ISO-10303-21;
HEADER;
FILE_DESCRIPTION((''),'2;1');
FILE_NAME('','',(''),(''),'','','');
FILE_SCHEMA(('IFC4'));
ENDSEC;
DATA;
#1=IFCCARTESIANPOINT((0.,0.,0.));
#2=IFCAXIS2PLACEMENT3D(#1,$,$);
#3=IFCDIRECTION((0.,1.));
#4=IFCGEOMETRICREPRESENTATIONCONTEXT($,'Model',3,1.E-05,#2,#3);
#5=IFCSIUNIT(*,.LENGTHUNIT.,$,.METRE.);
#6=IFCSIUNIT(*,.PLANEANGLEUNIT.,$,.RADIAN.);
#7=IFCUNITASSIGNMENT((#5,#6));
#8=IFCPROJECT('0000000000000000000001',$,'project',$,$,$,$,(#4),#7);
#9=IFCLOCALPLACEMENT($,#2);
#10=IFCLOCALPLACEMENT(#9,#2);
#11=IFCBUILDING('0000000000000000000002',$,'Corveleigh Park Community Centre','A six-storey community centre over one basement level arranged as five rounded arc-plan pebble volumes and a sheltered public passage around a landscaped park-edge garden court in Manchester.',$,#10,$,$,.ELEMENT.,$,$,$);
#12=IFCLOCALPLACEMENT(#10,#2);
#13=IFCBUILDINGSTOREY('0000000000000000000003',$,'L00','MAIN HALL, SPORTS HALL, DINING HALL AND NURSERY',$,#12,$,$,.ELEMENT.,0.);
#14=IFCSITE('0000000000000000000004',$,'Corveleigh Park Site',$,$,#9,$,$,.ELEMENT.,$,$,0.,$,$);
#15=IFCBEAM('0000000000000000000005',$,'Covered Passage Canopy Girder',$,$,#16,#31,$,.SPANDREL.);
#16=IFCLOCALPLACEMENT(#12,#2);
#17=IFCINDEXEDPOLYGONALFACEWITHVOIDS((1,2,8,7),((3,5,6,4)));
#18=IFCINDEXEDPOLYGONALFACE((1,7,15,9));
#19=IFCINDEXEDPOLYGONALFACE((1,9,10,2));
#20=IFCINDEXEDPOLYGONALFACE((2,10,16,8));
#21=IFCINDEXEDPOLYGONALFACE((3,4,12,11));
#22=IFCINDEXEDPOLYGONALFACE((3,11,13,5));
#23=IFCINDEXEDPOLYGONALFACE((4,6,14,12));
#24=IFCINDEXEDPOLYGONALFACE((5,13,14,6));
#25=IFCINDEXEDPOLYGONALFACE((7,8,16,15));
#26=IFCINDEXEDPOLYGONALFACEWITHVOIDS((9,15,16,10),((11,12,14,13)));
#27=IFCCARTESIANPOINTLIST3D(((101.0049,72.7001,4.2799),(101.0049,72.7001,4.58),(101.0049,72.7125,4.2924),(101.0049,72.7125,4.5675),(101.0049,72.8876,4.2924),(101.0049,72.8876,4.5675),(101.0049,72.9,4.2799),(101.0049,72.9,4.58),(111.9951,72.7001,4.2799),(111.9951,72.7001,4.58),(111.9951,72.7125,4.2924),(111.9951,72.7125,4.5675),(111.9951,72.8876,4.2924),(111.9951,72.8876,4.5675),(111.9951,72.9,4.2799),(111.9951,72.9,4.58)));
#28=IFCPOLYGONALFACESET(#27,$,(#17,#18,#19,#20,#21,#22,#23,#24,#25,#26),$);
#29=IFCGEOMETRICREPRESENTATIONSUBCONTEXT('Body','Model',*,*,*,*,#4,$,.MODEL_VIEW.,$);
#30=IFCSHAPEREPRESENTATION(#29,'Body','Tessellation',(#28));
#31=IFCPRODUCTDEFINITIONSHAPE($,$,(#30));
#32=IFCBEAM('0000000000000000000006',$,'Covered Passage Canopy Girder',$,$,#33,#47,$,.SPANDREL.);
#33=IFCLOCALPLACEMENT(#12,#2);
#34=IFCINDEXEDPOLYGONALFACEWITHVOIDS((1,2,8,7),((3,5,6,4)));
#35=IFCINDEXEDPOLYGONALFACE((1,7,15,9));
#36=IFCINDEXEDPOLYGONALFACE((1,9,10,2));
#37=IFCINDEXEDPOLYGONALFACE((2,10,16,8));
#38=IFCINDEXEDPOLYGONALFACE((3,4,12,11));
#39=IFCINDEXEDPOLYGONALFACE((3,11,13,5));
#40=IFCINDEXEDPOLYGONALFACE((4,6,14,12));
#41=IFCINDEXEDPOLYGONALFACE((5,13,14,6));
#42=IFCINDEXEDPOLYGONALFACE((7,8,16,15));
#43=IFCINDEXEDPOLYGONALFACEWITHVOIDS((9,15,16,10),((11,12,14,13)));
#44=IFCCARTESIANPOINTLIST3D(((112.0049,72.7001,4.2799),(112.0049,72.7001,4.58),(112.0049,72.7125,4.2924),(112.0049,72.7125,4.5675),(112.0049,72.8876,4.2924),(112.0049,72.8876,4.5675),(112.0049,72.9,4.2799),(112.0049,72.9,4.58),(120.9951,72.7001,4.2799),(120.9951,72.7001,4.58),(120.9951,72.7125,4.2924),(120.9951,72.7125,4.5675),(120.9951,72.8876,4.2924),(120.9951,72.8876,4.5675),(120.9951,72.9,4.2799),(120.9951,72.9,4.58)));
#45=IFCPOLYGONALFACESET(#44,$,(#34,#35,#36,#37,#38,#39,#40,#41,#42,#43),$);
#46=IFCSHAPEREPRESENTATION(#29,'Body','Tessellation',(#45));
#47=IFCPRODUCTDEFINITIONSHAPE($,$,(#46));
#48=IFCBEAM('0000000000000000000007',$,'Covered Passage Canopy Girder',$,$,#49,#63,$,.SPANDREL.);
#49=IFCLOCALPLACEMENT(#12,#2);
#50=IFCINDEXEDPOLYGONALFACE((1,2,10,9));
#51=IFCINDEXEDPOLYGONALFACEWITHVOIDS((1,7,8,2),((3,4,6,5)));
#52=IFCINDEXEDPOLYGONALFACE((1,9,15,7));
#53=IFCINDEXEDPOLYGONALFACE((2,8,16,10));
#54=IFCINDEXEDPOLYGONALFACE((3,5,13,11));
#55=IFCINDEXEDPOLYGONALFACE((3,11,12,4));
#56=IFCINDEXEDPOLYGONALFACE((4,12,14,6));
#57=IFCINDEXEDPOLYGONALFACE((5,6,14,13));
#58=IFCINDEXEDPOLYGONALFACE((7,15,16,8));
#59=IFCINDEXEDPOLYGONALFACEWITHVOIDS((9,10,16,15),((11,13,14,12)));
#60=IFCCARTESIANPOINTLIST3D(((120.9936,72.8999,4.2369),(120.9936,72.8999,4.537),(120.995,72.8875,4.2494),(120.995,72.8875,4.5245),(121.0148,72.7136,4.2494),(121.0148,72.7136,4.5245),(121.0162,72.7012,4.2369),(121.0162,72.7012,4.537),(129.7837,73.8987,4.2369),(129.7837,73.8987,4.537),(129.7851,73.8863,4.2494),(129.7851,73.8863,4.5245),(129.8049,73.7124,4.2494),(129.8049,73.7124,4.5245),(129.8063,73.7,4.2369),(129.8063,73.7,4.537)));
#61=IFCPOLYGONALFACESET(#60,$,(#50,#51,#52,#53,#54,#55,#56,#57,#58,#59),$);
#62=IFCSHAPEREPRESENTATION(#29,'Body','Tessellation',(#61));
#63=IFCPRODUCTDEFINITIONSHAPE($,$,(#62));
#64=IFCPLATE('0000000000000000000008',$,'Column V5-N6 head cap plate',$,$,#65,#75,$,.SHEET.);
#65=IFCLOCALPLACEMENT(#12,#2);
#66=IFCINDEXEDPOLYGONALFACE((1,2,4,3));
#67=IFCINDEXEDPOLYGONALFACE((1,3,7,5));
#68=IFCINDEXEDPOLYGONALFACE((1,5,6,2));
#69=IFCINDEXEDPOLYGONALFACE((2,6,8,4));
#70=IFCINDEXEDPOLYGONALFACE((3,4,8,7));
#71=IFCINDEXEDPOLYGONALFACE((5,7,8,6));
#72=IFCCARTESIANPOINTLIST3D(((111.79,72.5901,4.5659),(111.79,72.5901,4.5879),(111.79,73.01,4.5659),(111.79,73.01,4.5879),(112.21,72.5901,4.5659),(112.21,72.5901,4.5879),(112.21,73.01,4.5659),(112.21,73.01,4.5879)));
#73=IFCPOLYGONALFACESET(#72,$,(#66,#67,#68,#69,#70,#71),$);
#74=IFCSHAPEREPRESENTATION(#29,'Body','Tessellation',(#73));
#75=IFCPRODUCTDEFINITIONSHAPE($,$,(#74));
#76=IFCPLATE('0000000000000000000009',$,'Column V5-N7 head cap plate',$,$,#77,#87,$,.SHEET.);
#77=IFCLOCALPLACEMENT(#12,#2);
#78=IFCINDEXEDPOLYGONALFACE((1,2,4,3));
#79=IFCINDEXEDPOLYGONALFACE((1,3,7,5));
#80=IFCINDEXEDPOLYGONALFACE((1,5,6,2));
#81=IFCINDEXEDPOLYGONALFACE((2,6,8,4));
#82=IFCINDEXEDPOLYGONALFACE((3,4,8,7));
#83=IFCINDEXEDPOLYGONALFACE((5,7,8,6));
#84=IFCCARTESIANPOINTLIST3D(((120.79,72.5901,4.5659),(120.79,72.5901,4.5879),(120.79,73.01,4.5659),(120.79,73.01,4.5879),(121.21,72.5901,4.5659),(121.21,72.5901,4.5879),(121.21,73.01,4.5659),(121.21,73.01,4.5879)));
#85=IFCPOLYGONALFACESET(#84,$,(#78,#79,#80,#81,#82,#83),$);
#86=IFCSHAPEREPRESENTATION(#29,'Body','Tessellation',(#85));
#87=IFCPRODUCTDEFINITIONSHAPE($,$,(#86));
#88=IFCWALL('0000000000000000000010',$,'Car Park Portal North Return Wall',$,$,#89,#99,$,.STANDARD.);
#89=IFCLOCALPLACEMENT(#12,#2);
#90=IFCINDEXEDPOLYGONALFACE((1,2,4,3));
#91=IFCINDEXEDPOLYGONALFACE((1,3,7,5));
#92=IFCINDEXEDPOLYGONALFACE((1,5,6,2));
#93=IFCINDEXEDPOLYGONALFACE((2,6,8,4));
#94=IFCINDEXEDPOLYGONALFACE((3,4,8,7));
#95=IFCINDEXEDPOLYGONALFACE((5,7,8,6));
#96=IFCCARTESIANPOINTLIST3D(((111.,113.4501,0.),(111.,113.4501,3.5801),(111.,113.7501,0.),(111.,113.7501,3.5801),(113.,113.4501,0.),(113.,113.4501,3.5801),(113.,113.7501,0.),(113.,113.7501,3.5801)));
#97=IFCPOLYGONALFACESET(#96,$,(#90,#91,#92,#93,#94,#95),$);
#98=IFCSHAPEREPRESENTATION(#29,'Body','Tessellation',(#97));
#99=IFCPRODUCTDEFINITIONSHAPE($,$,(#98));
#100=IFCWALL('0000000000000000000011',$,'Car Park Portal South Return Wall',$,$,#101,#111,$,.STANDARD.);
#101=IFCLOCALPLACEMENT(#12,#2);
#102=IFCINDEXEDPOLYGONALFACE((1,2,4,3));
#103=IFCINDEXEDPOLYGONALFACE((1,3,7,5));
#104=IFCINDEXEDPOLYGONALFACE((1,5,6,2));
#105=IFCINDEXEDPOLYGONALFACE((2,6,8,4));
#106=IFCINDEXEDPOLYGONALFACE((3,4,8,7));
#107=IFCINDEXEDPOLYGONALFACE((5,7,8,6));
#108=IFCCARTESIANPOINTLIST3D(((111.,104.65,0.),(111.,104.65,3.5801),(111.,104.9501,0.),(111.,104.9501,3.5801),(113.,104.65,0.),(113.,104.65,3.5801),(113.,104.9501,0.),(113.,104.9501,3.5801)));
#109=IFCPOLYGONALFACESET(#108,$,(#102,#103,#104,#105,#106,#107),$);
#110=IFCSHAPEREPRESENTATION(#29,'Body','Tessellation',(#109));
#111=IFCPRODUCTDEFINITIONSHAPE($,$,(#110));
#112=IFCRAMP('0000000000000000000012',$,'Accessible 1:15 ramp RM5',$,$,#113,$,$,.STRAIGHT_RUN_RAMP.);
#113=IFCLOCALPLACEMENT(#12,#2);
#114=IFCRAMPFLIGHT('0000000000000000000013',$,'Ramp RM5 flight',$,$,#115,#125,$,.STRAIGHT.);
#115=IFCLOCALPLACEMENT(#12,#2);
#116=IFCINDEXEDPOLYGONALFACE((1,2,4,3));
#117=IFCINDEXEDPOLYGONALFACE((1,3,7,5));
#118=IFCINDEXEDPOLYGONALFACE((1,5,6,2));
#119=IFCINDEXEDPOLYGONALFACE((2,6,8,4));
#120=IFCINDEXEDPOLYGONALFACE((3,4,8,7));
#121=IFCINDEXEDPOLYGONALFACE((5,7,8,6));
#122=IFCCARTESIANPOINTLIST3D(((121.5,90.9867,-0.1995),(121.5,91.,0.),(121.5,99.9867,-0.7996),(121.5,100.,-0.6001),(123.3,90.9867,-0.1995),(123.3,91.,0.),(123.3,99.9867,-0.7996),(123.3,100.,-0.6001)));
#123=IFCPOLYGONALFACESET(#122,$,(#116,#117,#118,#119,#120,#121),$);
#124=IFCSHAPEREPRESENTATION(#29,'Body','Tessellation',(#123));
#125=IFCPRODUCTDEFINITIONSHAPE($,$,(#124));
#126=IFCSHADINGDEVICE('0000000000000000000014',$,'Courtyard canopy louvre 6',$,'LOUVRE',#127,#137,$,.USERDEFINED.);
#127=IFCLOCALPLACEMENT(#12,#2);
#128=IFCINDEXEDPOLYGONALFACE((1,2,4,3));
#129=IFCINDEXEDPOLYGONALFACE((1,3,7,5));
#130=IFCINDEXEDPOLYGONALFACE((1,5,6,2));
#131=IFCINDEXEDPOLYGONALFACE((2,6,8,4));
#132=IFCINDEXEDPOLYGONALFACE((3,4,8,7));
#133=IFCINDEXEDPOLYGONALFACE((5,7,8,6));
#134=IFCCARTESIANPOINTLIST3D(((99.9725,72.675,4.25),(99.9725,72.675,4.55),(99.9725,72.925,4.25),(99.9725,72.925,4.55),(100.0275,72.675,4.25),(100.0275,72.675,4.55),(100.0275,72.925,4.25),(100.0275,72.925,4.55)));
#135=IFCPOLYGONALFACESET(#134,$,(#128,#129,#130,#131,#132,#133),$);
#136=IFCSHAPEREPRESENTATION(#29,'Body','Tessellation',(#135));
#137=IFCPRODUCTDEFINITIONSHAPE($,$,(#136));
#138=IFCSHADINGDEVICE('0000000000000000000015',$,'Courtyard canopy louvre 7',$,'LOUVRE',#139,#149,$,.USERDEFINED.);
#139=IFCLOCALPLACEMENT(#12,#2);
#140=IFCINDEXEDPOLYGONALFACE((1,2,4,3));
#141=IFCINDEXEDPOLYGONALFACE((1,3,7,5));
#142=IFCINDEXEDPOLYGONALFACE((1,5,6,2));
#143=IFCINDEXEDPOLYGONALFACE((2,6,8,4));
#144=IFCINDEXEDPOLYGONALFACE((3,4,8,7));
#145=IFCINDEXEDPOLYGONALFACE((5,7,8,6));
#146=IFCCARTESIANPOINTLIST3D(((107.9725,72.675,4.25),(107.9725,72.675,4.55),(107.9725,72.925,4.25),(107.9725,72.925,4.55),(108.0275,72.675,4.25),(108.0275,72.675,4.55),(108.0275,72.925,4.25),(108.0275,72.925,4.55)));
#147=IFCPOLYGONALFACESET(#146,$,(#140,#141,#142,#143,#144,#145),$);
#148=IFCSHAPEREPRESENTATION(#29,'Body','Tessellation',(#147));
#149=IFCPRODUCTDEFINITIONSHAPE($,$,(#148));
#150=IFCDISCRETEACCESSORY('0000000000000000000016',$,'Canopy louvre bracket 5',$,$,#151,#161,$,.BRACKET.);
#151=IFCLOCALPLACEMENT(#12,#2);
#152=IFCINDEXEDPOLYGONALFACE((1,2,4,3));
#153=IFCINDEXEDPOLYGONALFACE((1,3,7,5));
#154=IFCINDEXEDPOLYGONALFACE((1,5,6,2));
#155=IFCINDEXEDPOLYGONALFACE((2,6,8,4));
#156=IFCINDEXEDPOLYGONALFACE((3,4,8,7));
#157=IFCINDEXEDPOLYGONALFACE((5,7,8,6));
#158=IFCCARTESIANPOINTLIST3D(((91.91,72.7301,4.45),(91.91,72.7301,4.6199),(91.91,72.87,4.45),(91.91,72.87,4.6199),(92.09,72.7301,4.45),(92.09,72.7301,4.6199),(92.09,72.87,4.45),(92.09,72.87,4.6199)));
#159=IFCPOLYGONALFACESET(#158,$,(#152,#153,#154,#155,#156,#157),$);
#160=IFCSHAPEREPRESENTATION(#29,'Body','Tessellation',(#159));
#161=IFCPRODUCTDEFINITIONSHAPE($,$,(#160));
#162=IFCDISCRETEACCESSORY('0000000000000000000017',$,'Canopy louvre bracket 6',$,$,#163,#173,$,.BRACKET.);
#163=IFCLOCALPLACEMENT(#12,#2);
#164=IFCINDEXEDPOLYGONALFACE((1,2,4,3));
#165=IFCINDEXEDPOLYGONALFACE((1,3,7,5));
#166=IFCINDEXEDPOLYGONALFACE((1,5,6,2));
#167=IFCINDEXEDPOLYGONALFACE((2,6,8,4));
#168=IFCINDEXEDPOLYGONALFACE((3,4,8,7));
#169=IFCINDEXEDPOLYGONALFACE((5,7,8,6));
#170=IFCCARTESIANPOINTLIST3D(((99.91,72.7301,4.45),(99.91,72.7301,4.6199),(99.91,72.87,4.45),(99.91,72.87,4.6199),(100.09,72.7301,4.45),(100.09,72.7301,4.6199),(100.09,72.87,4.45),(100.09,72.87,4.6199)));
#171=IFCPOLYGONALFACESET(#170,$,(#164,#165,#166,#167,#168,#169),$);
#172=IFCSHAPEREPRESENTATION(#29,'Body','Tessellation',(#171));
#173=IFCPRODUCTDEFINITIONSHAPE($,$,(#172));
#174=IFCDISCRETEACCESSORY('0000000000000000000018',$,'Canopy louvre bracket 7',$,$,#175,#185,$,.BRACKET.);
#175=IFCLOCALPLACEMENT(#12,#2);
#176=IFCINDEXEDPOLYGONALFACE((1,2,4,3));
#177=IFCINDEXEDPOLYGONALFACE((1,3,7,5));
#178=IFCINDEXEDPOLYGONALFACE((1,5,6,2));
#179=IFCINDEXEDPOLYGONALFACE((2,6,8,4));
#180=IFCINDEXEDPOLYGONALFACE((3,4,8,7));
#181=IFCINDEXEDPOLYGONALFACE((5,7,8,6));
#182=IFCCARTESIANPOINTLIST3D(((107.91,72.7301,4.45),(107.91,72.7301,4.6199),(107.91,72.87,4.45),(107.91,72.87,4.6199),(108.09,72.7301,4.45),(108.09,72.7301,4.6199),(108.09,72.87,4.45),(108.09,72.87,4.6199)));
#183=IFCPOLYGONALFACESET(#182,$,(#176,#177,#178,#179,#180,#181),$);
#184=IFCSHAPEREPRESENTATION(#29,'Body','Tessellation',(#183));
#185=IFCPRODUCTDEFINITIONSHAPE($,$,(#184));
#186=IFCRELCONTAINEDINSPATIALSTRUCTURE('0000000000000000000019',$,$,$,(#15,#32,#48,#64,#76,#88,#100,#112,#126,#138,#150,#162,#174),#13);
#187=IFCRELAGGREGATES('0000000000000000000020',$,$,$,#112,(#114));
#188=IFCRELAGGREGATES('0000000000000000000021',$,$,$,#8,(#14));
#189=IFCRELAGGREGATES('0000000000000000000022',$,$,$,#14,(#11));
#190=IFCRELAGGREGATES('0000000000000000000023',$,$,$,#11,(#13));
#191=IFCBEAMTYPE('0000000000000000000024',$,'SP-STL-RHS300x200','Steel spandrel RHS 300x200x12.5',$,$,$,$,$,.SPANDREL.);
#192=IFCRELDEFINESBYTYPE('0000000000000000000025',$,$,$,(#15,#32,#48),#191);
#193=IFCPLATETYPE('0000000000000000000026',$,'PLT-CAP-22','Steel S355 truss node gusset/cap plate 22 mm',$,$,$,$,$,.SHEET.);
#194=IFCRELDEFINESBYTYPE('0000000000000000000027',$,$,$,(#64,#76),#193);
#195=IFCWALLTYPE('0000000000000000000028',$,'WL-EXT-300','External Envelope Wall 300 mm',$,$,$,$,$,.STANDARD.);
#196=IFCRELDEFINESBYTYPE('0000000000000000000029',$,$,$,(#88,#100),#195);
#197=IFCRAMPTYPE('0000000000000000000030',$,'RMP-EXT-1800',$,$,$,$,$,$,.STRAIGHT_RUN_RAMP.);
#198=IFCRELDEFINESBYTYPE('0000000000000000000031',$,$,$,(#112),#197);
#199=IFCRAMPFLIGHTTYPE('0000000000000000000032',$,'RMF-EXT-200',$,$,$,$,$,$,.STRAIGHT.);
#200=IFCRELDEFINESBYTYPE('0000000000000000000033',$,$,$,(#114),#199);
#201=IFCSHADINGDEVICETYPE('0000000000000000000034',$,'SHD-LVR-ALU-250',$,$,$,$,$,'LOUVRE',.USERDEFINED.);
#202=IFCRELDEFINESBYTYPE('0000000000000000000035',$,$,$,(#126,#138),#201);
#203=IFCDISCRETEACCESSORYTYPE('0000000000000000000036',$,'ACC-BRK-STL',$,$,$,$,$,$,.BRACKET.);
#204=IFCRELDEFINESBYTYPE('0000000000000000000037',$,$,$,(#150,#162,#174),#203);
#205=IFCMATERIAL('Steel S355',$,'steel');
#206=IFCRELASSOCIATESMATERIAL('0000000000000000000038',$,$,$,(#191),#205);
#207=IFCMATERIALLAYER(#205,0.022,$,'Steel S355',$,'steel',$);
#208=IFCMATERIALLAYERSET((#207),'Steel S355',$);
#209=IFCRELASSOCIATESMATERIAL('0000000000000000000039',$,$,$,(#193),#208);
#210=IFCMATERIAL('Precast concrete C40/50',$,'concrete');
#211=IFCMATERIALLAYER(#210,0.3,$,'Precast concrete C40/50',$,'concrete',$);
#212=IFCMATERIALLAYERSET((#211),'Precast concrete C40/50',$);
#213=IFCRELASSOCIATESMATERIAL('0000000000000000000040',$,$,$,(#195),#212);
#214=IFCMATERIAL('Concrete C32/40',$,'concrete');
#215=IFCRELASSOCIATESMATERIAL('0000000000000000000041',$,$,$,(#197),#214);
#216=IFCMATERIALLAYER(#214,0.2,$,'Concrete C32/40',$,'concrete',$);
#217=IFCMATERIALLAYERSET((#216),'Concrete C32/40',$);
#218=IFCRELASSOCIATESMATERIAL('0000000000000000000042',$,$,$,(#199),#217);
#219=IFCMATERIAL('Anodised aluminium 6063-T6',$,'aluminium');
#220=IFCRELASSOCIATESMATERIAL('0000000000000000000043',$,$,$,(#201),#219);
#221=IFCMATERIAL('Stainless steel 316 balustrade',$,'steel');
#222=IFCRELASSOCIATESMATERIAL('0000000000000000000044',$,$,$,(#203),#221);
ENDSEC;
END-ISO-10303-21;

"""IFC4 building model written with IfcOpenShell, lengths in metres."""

from ifc_helpers import new_model, si_unit, direction, frame, frame_2d, origin, origin_2d, place, context, subcontext, project, spatial, polyline, rectangle, hollow_rectangle, outline, extrude, material, layer, layer_set, material_profile, profile_set, type_object, element, aggregate, save


model = new_model("IFC4")

# Units and contexts
model_context = context("Model", 3, precision=1e-05, world=origin(), true_north=direction((0.0, 1.0)))
body_context = subcontext(model_context, "Body", "Model", "MODEL_VIEW")
ifc_project = project(units=[si_unit("LENGTHUNIT", "METRE"), si_unit("PLANEANGLEUNIT", "RADIAN")], contexts=[model_context])

# Site, building, storey
site_placement = place(None, origin())
site = spatial("IfcSite", under=ifc_project, at=site_placement, Name="Corveleigh Park Site", CompositionType="ELEMENT", RefElevation=0.0)
building_placement = place(site_placement, origin())
building = spatial("IfcBuilding", under=site, at=building_placement, Name="Corveleigh Park Community Centre", Description="A six-storey community centre over one basement level arranged as five rounded arc-plan pebble volumes and a sheltered public passage around a landscaped park-edge garden court in Manchester.", CompositionType="ELEMENT")
storey_placement = place(building_placement, origin())
storey = spatial("IfcBuildingStorey", under=building, at=storey_placement, Name="L00", Description="MAIN HALL, SPORTS HALL, DINING HALL AND NURSERY", CompositionType="ELEMENT", Elevation=0.0)

# Shared definitions
ifc_material_1 = material(Name="Steel S355", Category="steel")

# Beams
ifc_material_profile_1 = material_profile(ifc_material_1, hollow_rectangle(XDim=0.2, YDim=0.3, WallThickness=0.0125, at=origin_2d()), Name="RHS 300x200x12.5", Category="steel")
ifc_profile_set_1 = profile_set([ifc_material_profile_1], Name="Steel S355")
beam_type = type_object("IfcBeamType", Name="SP-STL-RHS300x200", Description="Steel spandrel RHS 300x200x12.5", PredefinedType="SPANDREL", material=ifc_profile_set_1)
beam_1_placement = place(storey_placement, frame((101.0049, 72.8, 4.4299), z_axis=(1.0, 0.0, 0.0), x_axis=(0.0, 1.0, 0.0)))
element("IfcBeam", 1, at=beam_1_placement, inside=storey, type_object=beam_type, Name="Covered Passage Canopy Girder", PredefinedType="SPANDREL", context=body_context, shape_type="SweptSolid", body=[
    extrude(hollow_rectangle(XDim=0.2, YDim=0.3, WallThickness=0.0125, at=origin_2d()), origin(), (0.0, 0.0, 1.0), 10.9902),
])
beam_2_placement = place(storey_placement, frame((112.0049, 72.8, 4.4299), z_axis=(1.0, 0.0, 0.0), x_axis=(0.0, 1.0, 0.0)))
element("IfcBeam", 2, at=beam_2_placement, inside=storey, type_object=beam_type, Name="Covered Passage Canopy Girder", PredefinedType="SPANDREL", context=body_context, shape_type="SweptSolid", body=[
    extrude(hollow_rectangle(XDim=0.2, YDim=0.3, WallThickness=0.0125, at=origin_2d()), origin(), (0.0, 0.0, 1.0), 8.9902),
])
beam_3_placement = place(storey_placement, frame((121.0049, 72.8005, 4.387), z_axis=(0.993606, 0.1129, 0.0), x_axis=(-0.1129, 0.993606, 0.0)))
element("IfcBeam", 3, at=beam_3_placement, inside=storey, type_object=beam_type, Name="Covered Passage Canopy Girder", PredefinedType="SPANDREL", context=body_context, shape_type="SweptSolid", body=[
    extrude(hollow_rectangle(XDim=0.2, YDim=0.3, WallThickness=0.0125, at=origin_2d()), origin(), (0.0, 0.0, 1.0), 8.8467),
])

# Plates
ifc_layer_1 = layer(ifc_material_1, 0.022, Name="Steel S355", Category="steel")
ifc_layer_set_1 = layer_set([ifc_layer_1], Name="Steel S355")
plate_type = type_object("IfcPlateType", Name="PLT-CAP-22", Description="Steel S355 truss node gusset/cap plate 22 mm", PredefinedType="SHEET", material=ifc_layer_set_1)
for number, where, z_axis, x_axis, name in (
    (4, (112.0, 72.8, 4.5659), (0.0, 0.0, 1.0), (1.0, 0.0, 0.0), "Column V5-N6 head cap plate"),
    (5, (121.0, 72.8, 4.5659), (0.0, 0.0, 1.0), (1.0, 0.0, 0.0), "Column V5-N7 head cap plate"),
):
    element("IfcPlate", number, at=place(storey_placement, frame(where, z_axis=z_axis, x_axis=x_axis)), inside=storey, type_object=plate_type, Name=name, PredefinedType="SHEET", context=body_context, shape_type="SweptSolid", body=[
        extrude(rectangle(XDim=0.4199, YDim=0.4199, at=origin_2d()), origin(), (0.0, 0.0, 1.0), 0.022),
    ])

# Walls
ifc_material_2 = material(Name="Precast concrete C40/50", Category="concrete")
ifc_layer_2 = layer(ifc_material_2, 0.3, Name="Precast concrete C40/50", Category="concrete")
ifc_layer_set_2 = layer_set([ifc_layer_2], Name="Precast concrete C40/50")
wall_type_1 = type_object("IfcWallType", Name="WL-EXT-300", Description="External Envelope Wall 300 mm", PredefinedType="STANDARD", material=ifc_layer_set_2)
for number, where, z_axis, x_axis, name in (
    (6, (111.0, 113.6001, 0.0), (0.0, 0.0, 1.0), (1.0, 0.0, 0.0), "Car Park Portal North Return Wall"),
    (7, (113.0, 104.8, 0.0), (0.0, 0.0, 1.0), (-1.0, 0.0, 0.0), "Car Park Portal South Return Wall"),
):
    element("IfcWall", number, at=place(storey_placement, frame(where, z_axis=z_axis, x_axis=x_axis)), inside=storey, type_object=wall_type_1, Name=name, PredefinedType="STANDARD", context=body_context, shape_type="SweptSolid", body=[
        extrude(rectangle(XDim=2.0, YDim=0.3, at=frame_2d((1.0, 0.0))), origin(), (0.0, 0.0, 1.0), 3.5801),
    ])

# Ramp, ramp flight
ifc_material_3 = material(Name="Concrete C32/40", Category="concrete")
ramp_type = type_object("IfcRampType", Name="RMP-EXT-1800", PredefinedType="STRAIGHT_RUN_RAMP", material=ifc_material_3)
ramp_placement = place(storey_placement, origin())
ramp = element("IfcRamp", 8, at=ramp_placement, inside=storey, type_object=ramp_type, Name="Accessible 1:15 ramp RM5", PredefinedType="STRAIGHT_RUN_RAMP")
ifc_layer_3 = layer(ifc_material_3, 0.2, Name="Concrete C32/40", Category="concrete")
ifc_layer_set_3 = layer_set([ifc_layer_3], Name="Concrete C32/40")
ramp_flight_type = type_object("IfcRampFlightType", Name="RMF-EXT-200", PredefinedType="STRAIGHT", material=ifc_layer_set_3)
ramp_flight_placement = place(storey_placement, frame((121.5, 100.0, -0.6001), z_axis=(0.0, 0.06653, 0.997784), x_axis=(0.0, -0.997784, 0.06653)))
ramp_flight = element("IfcRampFlight", 9, at=ramp_flight_placement, type_object=ramp_flight_type, Name="Ramp RM5 flight", PredefinedType="STRAIGHT", context=body_context, shape_type="SweptSolid", body=[
    extrude(outline(polyline([(0.0, 0.0), (9.02, 0.0), (9.02, 1.8), (0.0, 1.8), (0.0, 0.0)])), origin(), (0.0, 0.0, -1.0), 0.2),
])
aggregate(ramp, [ramp_flight])

# Shared definitions
ifc_material_4 = material(Name="Stainless steel 316 balustrade", Category="steel")

# Shading devices
ifc_material_5 = material(Name="Anodised aluminium 6063-T6", Category="aluminium")
shading_device_type = type_object("IfcShadingDeviceType", Name="SHD-LVR-ALU-250", ElementType="LOUVRE", PredefinedType="USERDEFINED", material=ifc_material_5)
for number, where, z_axis, x_axis, name in (
    (10, (100.0, 72.8, 4.25), (0.0, 0.0, 1.0), (1.0, 0.0, 0.0), "Courtyard canopy louvre 6"),
    (11, (108.0, 72.8, 4.25), (0.0, 0.0, 1.0), (1.0, 0.0, 0.0), "Courtyard canopy louvre 7"),
):
    element("IfcShadingDevice", number, at=place(storey_placement, frame(where, z_axis=z_axis, x_axis=x_axis)), inside=storey, type_object=shading_device_type, Name=name, ObjectType="LOUVRE", PredefinedType="USERDEFINED", context=body_context, shape_type="SweptSolid", body=[
        extrude(rectangle(XDim=0.0549, YDim=0.25, at=origin_2d()), origin(), (0.0, 0.0, 1.0), 0.3),
    ])

# Discrete accessories
discrete_accessory_type = type_object("IfcDiscreteAccessoryType", Name="ACC-BRK-STL", PredefinedType="BRACKET", material=ifc_material_4)
for number, where, z_axis, x_axis, name in (
    (12, (92.0, 72.8, 4.45), (0.0, 0.0, 1.0), (1.0, 0.0, 0.0), "Canopy louvre bracket 5"),
    (13, (100.0, 72.8, 4.45), (0.0, 0.0, 1.0), (1.0, 0.0, 0.0), "Canopy louvre bracket 6"),
    (14, (108.0, 72.8, 4.45), (0.0, 0.0, 1.0), (1.0, 0.0, 0.0), "Canopy louvre bracket 7"),
):
    element("IfcDiscreteAccessory", number, at=place(storey_placement, frame(where, z_axis=z_axis, x_axis=x_axis)), inside=storey, type_object=discrete_accessory_type, Name=name, PredefinedType="BRACKET", context=body_context, shape_type="SweptSolid", body=[
        extrude(rectangle(XDim=0.1799, YDim=0.1399, at=origin_2d()), origin(), (0.0, 0.0, 1.0), 0.1699),
    ])

save(model, "model.ifc")
